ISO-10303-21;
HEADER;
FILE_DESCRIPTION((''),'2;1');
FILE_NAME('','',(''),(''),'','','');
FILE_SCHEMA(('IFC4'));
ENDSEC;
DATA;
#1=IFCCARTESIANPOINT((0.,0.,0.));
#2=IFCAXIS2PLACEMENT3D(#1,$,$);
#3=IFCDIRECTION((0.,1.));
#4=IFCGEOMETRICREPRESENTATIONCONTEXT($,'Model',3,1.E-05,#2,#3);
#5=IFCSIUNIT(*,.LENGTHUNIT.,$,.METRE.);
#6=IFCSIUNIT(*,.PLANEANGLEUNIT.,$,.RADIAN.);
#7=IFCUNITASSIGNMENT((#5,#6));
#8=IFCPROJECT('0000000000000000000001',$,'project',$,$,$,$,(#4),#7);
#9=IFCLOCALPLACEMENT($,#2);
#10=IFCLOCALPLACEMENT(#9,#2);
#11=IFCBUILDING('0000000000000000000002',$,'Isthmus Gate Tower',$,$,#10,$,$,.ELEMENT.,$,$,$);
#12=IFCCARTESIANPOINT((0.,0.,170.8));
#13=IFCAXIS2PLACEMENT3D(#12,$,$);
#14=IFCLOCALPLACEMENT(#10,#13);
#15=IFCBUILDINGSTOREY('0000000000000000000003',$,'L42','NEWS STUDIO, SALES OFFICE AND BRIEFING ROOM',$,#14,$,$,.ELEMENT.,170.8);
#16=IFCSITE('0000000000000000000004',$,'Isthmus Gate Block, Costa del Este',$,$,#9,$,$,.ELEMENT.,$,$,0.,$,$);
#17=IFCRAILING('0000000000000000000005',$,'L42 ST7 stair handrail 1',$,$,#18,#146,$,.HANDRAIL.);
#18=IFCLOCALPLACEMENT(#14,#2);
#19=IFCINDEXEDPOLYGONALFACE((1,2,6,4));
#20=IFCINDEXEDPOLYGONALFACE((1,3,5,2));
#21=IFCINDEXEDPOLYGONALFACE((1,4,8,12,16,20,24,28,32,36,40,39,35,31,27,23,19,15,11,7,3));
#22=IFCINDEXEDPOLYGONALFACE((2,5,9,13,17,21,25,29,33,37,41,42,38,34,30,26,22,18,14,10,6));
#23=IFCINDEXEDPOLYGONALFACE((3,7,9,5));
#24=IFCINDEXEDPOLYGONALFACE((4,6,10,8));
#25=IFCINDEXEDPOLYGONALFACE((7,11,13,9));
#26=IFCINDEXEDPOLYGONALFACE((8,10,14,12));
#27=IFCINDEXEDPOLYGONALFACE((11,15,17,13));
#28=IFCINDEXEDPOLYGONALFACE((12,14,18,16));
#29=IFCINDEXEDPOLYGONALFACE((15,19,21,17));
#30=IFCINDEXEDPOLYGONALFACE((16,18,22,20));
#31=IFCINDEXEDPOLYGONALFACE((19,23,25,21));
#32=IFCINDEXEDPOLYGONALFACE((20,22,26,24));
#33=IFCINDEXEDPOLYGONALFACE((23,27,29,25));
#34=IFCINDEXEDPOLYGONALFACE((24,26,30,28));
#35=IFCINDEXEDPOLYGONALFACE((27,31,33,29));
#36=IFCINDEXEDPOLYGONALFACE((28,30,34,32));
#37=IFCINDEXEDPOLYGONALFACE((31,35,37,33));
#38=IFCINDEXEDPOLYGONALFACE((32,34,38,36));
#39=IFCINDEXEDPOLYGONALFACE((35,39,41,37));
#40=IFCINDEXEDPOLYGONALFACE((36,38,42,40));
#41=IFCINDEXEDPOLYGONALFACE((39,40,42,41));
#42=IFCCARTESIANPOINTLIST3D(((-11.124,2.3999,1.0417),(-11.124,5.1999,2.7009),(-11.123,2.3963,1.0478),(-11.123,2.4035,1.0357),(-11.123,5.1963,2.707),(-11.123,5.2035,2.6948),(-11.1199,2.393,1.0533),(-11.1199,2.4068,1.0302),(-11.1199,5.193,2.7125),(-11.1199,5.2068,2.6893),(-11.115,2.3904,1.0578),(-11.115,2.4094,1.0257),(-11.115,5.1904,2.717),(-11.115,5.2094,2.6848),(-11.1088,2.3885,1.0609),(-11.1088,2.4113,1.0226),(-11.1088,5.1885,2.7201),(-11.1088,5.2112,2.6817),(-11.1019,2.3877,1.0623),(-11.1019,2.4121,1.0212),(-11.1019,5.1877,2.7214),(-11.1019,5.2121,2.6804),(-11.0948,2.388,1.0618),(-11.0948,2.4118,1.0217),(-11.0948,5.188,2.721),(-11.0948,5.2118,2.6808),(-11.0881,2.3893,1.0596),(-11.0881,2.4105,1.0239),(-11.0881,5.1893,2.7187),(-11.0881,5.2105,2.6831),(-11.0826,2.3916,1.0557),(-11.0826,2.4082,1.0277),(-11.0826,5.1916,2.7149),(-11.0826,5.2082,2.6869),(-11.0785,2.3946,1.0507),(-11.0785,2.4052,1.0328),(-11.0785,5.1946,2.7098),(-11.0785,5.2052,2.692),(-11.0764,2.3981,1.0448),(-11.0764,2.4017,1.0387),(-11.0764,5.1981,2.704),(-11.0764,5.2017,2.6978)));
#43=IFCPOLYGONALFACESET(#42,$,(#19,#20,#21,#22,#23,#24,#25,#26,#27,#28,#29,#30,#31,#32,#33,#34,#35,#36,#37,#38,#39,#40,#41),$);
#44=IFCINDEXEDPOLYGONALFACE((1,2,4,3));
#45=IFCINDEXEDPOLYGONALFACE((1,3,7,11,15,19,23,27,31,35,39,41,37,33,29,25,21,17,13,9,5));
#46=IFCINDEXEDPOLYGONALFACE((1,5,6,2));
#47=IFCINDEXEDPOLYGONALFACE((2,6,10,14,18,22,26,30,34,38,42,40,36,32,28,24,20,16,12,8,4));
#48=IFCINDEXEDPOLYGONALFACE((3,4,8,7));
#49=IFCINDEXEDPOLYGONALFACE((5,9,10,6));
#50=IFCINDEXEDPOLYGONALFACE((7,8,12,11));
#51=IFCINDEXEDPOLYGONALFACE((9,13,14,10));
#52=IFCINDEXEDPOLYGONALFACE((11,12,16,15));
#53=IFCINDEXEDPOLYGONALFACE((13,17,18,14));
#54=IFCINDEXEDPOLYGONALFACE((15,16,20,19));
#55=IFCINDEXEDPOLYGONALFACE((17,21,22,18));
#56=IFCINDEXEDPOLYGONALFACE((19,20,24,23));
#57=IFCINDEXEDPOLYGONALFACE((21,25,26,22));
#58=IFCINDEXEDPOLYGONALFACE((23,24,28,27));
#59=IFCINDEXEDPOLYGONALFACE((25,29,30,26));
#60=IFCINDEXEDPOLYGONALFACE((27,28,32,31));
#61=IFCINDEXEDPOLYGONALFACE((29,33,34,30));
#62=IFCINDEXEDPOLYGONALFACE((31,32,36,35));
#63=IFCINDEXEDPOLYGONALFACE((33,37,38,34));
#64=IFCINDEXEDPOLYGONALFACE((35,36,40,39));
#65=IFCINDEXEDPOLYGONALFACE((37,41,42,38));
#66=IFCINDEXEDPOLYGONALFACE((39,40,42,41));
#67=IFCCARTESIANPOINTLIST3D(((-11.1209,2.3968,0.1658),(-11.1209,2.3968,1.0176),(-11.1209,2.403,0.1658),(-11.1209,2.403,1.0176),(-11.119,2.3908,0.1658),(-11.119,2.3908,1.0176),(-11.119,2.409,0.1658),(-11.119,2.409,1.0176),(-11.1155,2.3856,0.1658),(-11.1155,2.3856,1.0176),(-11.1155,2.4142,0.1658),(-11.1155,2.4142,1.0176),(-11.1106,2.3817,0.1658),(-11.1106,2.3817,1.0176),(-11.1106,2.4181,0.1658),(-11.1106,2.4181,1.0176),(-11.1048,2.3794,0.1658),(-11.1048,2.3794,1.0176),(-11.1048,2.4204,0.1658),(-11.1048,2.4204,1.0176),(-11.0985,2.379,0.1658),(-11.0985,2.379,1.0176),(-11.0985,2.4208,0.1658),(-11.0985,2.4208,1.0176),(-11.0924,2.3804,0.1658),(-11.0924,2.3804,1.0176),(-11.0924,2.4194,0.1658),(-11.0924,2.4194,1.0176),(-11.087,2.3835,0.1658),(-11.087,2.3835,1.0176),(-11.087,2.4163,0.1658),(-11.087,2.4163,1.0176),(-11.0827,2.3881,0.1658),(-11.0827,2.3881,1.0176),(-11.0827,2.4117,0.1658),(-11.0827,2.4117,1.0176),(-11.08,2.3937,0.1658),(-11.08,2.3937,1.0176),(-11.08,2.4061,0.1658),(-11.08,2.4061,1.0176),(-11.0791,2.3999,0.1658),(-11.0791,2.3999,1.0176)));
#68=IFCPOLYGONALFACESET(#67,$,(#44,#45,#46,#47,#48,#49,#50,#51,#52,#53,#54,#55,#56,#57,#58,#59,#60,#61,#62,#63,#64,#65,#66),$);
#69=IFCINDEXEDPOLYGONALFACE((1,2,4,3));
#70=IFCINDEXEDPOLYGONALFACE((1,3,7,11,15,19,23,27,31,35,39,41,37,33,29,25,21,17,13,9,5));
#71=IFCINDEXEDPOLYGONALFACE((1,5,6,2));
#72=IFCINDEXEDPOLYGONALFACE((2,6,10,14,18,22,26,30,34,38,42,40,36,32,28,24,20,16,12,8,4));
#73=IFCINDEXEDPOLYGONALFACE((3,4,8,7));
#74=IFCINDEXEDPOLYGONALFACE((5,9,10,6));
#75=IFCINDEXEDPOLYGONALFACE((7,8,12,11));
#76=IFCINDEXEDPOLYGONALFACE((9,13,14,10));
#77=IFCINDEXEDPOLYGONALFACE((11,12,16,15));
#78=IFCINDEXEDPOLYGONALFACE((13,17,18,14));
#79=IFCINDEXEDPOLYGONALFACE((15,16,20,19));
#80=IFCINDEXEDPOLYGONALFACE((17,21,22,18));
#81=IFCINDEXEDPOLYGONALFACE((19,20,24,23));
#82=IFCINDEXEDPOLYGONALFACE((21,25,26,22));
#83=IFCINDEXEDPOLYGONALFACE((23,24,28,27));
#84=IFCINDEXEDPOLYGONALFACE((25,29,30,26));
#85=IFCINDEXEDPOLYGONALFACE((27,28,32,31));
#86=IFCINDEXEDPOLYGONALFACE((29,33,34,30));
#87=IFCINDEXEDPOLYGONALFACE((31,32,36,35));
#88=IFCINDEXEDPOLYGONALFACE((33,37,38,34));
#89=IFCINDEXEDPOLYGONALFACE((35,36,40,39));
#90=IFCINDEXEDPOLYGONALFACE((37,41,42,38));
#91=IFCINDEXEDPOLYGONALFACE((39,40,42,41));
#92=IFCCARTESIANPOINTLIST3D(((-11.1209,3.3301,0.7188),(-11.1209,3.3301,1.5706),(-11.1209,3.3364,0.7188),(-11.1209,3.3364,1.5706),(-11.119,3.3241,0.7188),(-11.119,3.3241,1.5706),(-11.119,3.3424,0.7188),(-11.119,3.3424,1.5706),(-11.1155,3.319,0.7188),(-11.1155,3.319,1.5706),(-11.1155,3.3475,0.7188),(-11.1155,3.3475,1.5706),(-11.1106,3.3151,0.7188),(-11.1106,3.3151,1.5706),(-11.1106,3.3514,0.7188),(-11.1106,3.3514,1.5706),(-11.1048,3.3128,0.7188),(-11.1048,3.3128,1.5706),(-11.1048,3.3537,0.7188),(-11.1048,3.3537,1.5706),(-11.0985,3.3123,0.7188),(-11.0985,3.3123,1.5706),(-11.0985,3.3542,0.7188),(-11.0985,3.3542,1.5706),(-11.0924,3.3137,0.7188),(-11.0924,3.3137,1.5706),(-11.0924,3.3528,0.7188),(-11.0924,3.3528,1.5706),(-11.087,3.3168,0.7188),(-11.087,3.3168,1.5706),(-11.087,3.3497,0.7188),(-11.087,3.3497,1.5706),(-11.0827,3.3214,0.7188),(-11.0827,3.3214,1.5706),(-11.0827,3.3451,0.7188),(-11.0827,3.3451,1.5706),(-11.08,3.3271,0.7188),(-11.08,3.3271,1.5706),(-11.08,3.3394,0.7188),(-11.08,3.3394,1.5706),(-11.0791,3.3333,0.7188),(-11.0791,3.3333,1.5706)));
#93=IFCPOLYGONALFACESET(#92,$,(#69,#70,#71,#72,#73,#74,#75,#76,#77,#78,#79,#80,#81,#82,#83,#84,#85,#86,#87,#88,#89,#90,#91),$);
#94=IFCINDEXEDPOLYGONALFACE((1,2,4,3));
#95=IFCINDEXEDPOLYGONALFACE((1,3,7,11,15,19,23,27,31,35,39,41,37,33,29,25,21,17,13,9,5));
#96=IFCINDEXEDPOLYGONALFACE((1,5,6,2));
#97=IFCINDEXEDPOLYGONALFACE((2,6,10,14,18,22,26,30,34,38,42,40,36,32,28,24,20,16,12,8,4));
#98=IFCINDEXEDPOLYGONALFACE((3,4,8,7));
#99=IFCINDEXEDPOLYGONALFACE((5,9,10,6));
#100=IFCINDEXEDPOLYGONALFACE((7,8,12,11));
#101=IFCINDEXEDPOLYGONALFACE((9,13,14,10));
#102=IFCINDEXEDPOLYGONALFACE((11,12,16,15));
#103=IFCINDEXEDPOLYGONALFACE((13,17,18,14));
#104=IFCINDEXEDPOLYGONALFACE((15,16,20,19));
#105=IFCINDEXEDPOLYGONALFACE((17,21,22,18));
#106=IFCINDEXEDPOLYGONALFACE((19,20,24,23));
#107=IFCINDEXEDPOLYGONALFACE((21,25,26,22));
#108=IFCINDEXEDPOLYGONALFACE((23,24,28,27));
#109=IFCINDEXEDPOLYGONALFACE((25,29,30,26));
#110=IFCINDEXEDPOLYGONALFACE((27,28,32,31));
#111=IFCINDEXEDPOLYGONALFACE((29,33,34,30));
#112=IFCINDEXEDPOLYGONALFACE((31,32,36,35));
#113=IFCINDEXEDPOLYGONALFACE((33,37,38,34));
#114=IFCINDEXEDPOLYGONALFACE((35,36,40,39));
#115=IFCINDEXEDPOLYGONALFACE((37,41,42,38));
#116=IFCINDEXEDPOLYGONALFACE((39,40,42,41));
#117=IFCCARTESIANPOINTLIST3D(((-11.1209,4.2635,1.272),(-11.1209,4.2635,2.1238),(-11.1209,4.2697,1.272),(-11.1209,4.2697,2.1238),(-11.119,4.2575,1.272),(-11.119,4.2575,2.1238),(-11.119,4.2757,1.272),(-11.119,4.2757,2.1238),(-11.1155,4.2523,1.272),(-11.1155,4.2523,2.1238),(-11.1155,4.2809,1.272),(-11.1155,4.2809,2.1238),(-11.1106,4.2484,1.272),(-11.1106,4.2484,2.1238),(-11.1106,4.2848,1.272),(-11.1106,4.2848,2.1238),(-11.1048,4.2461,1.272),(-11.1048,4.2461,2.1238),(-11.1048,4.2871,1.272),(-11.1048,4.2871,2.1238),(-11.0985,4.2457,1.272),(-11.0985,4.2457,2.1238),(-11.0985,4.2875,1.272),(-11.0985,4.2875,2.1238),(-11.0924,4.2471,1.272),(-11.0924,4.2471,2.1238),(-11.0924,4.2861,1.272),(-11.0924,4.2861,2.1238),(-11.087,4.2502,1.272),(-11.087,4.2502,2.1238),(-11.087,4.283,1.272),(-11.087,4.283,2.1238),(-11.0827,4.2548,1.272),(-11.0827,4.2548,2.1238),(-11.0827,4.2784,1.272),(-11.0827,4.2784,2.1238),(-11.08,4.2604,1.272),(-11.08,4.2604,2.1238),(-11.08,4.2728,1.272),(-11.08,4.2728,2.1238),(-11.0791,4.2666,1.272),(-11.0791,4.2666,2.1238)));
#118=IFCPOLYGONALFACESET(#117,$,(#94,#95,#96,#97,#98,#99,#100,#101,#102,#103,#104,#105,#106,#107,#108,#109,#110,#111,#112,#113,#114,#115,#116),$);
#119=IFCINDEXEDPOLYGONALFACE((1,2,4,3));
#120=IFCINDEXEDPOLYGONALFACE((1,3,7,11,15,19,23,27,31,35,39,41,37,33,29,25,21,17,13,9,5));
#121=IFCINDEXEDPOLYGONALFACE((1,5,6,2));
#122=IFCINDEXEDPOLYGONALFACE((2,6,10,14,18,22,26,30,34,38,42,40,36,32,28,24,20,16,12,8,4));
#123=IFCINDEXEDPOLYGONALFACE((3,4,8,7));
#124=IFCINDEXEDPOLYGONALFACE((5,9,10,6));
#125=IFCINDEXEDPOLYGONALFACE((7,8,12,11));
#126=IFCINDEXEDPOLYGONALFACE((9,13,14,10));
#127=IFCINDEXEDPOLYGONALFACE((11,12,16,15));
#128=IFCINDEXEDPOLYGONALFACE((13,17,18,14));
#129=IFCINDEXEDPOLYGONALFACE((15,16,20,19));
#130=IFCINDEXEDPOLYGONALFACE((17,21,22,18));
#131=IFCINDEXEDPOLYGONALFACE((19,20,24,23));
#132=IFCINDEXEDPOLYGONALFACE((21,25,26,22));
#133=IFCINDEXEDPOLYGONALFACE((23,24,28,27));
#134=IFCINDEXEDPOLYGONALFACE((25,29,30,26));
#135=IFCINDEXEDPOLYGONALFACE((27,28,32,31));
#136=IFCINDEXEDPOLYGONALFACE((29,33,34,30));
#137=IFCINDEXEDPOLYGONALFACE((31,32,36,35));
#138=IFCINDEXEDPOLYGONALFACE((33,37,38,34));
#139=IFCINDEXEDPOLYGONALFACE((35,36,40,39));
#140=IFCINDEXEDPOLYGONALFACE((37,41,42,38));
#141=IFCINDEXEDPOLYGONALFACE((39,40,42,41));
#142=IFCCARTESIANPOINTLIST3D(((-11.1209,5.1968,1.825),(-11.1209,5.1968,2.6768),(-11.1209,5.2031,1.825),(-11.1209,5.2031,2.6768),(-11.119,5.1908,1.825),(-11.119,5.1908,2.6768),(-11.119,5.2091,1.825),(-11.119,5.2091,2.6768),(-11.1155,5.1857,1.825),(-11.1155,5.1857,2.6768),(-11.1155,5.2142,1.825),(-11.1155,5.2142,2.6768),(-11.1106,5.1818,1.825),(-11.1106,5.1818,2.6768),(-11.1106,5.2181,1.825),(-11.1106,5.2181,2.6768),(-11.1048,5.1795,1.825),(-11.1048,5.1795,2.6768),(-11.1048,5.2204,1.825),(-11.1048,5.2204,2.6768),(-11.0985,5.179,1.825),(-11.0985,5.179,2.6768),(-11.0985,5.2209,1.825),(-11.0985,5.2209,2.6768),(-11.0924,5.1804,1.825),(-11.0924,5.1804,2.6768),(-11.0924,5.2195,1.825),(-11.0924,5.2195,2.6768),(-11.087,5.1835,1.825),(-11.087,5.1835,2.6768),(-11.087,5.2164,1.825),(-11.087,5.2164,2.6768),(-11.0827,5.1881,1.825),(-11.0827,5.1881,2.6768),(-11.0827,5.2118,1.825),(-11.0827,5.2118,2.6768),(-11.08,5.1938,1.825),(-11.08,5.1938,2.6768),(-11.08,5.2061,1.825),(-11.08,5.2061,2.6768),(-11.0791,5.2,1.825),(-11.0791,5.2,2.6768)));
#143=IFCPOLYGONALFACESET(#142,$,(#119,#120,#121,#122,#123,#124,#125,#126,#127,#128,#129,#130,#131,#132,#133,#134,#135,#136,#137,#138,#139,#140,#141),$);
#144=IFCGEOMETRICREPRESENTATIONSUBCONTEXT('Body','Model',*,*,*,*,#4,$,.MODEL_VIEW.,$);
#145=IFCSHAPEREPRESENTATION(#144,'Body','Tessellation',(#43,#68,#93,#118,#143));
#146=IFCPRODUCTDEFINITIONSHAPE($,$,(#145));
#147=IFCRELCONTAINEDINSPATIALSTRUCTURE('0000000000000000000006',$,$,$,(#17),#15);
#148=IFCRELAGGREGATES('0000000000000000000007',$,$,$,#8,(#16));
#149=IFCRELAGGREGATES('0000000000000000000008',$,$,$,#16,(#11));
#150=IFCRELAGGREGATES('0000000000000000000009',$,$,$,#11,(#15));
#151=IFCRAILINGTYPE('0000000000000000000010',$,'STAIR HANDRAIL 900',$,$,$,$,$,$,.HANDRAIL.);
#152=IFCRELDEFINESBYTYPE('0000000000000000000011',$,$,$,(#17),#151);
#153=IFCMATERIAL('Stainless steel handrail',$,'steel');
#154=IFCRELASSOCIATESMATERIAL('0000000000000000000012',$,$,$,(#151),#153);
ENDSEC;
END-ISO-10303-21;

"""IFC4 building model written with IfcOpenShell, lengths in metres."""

from ifc_helpers import new_model, si_unit, direction, frame, origin, origin_2d, place, context, subcontext, project, spatial, circle, extrude, material, type_object, element, save


model = new_model("IFC4")

# Units and contexts
model_context = context("Model", 3, precision=1e-05, world=origin(), true_north=direction((0.0, 1.0)))
body_context = subcontext(model_context, "Body", "Model", "MODEL_VIEW")
ifc_project = project(units=[si_unit("LENGTHUNIT", "METRE"), si_unit("PLANEANGLEUNIT", "RADIAN")], contexts=[model_context])

# Site, building, storey
site_placement = place(None, origin())
site = spatial("IfcSite", under=ifc_project, at=site_placement, Name="Isthmus Gate Block, Costa del Este", CompositionType="ELEMENT", RefElevation=0.0)
building_placement = place(site_placement, origin())
building = spatial("IfcBuilding", under=site, at=building_placement, Name="Isthmus Gate Tower", CompositionType="ELEMENT")
storey_placement = place(building_placement, frame((0.0, 0.0, 170.8)))
storey = spatial("IfcBuildingStorey", under=building, at=storey_placement, Name="L42", Description="NEWS STUDIO, SALES OFFICE AND BRIEFING ROOM", CompositionType="ELEMENT", Elevation=170.8)

# Railing
ifc_material_1 = material(Name="Stainless steel handrail", Category="steel")
railing_type_1 = type_object("IfcRailingType", Name="STAIR HANDRAIL 900", PredefinedType="HANDRAIL", material=ifc_material_1)
railing_1_placement = place(storey_placement, frame((-11.1001, 2.3999, 0.1658)))
element("IfcRailing", 1, at=railing_1_placement, inside=storey, type_object=railing_type_1, Name="L42 ST7 stair handrail 1", PredefinedType="HANDRAIL", context=body_context, shape_type="SweptSolid", body=[
    extrude(circle(Radius=0.0239, at=origin_2d()), frame((0.0, 0.0, 0.876), z_axis=(0.0, 0.860306, 0.509778), x_axis=(-1.0, 0.0, 0.0)), (0.0, 0.0, 1.0), 3.2546),
    extrude(circle(Radius=0.021, at=origin_2d()), origin(), (0.0, 0.0, 1.0), 0.8518),
    extrude(circle(Radius=0.021, at=origin_2d()), frame((0.0, 0.9333, 0.553)), (0.0, 0.0, 1.0), 0.8518),
    extrude(circle(Radius=0.021, at=origin_2d()), frame((0.0, 1.8667, 1.1062)), (0.0, 0.0, 1.0), 0.8518),
    extrude(circle(Radius=0.021, at=origin_2d()), frame((0.0, 2.8, 1.6592)), (0.0, 0.0, 1.0), 0.8518),
])

save(model, "model.ifc")
